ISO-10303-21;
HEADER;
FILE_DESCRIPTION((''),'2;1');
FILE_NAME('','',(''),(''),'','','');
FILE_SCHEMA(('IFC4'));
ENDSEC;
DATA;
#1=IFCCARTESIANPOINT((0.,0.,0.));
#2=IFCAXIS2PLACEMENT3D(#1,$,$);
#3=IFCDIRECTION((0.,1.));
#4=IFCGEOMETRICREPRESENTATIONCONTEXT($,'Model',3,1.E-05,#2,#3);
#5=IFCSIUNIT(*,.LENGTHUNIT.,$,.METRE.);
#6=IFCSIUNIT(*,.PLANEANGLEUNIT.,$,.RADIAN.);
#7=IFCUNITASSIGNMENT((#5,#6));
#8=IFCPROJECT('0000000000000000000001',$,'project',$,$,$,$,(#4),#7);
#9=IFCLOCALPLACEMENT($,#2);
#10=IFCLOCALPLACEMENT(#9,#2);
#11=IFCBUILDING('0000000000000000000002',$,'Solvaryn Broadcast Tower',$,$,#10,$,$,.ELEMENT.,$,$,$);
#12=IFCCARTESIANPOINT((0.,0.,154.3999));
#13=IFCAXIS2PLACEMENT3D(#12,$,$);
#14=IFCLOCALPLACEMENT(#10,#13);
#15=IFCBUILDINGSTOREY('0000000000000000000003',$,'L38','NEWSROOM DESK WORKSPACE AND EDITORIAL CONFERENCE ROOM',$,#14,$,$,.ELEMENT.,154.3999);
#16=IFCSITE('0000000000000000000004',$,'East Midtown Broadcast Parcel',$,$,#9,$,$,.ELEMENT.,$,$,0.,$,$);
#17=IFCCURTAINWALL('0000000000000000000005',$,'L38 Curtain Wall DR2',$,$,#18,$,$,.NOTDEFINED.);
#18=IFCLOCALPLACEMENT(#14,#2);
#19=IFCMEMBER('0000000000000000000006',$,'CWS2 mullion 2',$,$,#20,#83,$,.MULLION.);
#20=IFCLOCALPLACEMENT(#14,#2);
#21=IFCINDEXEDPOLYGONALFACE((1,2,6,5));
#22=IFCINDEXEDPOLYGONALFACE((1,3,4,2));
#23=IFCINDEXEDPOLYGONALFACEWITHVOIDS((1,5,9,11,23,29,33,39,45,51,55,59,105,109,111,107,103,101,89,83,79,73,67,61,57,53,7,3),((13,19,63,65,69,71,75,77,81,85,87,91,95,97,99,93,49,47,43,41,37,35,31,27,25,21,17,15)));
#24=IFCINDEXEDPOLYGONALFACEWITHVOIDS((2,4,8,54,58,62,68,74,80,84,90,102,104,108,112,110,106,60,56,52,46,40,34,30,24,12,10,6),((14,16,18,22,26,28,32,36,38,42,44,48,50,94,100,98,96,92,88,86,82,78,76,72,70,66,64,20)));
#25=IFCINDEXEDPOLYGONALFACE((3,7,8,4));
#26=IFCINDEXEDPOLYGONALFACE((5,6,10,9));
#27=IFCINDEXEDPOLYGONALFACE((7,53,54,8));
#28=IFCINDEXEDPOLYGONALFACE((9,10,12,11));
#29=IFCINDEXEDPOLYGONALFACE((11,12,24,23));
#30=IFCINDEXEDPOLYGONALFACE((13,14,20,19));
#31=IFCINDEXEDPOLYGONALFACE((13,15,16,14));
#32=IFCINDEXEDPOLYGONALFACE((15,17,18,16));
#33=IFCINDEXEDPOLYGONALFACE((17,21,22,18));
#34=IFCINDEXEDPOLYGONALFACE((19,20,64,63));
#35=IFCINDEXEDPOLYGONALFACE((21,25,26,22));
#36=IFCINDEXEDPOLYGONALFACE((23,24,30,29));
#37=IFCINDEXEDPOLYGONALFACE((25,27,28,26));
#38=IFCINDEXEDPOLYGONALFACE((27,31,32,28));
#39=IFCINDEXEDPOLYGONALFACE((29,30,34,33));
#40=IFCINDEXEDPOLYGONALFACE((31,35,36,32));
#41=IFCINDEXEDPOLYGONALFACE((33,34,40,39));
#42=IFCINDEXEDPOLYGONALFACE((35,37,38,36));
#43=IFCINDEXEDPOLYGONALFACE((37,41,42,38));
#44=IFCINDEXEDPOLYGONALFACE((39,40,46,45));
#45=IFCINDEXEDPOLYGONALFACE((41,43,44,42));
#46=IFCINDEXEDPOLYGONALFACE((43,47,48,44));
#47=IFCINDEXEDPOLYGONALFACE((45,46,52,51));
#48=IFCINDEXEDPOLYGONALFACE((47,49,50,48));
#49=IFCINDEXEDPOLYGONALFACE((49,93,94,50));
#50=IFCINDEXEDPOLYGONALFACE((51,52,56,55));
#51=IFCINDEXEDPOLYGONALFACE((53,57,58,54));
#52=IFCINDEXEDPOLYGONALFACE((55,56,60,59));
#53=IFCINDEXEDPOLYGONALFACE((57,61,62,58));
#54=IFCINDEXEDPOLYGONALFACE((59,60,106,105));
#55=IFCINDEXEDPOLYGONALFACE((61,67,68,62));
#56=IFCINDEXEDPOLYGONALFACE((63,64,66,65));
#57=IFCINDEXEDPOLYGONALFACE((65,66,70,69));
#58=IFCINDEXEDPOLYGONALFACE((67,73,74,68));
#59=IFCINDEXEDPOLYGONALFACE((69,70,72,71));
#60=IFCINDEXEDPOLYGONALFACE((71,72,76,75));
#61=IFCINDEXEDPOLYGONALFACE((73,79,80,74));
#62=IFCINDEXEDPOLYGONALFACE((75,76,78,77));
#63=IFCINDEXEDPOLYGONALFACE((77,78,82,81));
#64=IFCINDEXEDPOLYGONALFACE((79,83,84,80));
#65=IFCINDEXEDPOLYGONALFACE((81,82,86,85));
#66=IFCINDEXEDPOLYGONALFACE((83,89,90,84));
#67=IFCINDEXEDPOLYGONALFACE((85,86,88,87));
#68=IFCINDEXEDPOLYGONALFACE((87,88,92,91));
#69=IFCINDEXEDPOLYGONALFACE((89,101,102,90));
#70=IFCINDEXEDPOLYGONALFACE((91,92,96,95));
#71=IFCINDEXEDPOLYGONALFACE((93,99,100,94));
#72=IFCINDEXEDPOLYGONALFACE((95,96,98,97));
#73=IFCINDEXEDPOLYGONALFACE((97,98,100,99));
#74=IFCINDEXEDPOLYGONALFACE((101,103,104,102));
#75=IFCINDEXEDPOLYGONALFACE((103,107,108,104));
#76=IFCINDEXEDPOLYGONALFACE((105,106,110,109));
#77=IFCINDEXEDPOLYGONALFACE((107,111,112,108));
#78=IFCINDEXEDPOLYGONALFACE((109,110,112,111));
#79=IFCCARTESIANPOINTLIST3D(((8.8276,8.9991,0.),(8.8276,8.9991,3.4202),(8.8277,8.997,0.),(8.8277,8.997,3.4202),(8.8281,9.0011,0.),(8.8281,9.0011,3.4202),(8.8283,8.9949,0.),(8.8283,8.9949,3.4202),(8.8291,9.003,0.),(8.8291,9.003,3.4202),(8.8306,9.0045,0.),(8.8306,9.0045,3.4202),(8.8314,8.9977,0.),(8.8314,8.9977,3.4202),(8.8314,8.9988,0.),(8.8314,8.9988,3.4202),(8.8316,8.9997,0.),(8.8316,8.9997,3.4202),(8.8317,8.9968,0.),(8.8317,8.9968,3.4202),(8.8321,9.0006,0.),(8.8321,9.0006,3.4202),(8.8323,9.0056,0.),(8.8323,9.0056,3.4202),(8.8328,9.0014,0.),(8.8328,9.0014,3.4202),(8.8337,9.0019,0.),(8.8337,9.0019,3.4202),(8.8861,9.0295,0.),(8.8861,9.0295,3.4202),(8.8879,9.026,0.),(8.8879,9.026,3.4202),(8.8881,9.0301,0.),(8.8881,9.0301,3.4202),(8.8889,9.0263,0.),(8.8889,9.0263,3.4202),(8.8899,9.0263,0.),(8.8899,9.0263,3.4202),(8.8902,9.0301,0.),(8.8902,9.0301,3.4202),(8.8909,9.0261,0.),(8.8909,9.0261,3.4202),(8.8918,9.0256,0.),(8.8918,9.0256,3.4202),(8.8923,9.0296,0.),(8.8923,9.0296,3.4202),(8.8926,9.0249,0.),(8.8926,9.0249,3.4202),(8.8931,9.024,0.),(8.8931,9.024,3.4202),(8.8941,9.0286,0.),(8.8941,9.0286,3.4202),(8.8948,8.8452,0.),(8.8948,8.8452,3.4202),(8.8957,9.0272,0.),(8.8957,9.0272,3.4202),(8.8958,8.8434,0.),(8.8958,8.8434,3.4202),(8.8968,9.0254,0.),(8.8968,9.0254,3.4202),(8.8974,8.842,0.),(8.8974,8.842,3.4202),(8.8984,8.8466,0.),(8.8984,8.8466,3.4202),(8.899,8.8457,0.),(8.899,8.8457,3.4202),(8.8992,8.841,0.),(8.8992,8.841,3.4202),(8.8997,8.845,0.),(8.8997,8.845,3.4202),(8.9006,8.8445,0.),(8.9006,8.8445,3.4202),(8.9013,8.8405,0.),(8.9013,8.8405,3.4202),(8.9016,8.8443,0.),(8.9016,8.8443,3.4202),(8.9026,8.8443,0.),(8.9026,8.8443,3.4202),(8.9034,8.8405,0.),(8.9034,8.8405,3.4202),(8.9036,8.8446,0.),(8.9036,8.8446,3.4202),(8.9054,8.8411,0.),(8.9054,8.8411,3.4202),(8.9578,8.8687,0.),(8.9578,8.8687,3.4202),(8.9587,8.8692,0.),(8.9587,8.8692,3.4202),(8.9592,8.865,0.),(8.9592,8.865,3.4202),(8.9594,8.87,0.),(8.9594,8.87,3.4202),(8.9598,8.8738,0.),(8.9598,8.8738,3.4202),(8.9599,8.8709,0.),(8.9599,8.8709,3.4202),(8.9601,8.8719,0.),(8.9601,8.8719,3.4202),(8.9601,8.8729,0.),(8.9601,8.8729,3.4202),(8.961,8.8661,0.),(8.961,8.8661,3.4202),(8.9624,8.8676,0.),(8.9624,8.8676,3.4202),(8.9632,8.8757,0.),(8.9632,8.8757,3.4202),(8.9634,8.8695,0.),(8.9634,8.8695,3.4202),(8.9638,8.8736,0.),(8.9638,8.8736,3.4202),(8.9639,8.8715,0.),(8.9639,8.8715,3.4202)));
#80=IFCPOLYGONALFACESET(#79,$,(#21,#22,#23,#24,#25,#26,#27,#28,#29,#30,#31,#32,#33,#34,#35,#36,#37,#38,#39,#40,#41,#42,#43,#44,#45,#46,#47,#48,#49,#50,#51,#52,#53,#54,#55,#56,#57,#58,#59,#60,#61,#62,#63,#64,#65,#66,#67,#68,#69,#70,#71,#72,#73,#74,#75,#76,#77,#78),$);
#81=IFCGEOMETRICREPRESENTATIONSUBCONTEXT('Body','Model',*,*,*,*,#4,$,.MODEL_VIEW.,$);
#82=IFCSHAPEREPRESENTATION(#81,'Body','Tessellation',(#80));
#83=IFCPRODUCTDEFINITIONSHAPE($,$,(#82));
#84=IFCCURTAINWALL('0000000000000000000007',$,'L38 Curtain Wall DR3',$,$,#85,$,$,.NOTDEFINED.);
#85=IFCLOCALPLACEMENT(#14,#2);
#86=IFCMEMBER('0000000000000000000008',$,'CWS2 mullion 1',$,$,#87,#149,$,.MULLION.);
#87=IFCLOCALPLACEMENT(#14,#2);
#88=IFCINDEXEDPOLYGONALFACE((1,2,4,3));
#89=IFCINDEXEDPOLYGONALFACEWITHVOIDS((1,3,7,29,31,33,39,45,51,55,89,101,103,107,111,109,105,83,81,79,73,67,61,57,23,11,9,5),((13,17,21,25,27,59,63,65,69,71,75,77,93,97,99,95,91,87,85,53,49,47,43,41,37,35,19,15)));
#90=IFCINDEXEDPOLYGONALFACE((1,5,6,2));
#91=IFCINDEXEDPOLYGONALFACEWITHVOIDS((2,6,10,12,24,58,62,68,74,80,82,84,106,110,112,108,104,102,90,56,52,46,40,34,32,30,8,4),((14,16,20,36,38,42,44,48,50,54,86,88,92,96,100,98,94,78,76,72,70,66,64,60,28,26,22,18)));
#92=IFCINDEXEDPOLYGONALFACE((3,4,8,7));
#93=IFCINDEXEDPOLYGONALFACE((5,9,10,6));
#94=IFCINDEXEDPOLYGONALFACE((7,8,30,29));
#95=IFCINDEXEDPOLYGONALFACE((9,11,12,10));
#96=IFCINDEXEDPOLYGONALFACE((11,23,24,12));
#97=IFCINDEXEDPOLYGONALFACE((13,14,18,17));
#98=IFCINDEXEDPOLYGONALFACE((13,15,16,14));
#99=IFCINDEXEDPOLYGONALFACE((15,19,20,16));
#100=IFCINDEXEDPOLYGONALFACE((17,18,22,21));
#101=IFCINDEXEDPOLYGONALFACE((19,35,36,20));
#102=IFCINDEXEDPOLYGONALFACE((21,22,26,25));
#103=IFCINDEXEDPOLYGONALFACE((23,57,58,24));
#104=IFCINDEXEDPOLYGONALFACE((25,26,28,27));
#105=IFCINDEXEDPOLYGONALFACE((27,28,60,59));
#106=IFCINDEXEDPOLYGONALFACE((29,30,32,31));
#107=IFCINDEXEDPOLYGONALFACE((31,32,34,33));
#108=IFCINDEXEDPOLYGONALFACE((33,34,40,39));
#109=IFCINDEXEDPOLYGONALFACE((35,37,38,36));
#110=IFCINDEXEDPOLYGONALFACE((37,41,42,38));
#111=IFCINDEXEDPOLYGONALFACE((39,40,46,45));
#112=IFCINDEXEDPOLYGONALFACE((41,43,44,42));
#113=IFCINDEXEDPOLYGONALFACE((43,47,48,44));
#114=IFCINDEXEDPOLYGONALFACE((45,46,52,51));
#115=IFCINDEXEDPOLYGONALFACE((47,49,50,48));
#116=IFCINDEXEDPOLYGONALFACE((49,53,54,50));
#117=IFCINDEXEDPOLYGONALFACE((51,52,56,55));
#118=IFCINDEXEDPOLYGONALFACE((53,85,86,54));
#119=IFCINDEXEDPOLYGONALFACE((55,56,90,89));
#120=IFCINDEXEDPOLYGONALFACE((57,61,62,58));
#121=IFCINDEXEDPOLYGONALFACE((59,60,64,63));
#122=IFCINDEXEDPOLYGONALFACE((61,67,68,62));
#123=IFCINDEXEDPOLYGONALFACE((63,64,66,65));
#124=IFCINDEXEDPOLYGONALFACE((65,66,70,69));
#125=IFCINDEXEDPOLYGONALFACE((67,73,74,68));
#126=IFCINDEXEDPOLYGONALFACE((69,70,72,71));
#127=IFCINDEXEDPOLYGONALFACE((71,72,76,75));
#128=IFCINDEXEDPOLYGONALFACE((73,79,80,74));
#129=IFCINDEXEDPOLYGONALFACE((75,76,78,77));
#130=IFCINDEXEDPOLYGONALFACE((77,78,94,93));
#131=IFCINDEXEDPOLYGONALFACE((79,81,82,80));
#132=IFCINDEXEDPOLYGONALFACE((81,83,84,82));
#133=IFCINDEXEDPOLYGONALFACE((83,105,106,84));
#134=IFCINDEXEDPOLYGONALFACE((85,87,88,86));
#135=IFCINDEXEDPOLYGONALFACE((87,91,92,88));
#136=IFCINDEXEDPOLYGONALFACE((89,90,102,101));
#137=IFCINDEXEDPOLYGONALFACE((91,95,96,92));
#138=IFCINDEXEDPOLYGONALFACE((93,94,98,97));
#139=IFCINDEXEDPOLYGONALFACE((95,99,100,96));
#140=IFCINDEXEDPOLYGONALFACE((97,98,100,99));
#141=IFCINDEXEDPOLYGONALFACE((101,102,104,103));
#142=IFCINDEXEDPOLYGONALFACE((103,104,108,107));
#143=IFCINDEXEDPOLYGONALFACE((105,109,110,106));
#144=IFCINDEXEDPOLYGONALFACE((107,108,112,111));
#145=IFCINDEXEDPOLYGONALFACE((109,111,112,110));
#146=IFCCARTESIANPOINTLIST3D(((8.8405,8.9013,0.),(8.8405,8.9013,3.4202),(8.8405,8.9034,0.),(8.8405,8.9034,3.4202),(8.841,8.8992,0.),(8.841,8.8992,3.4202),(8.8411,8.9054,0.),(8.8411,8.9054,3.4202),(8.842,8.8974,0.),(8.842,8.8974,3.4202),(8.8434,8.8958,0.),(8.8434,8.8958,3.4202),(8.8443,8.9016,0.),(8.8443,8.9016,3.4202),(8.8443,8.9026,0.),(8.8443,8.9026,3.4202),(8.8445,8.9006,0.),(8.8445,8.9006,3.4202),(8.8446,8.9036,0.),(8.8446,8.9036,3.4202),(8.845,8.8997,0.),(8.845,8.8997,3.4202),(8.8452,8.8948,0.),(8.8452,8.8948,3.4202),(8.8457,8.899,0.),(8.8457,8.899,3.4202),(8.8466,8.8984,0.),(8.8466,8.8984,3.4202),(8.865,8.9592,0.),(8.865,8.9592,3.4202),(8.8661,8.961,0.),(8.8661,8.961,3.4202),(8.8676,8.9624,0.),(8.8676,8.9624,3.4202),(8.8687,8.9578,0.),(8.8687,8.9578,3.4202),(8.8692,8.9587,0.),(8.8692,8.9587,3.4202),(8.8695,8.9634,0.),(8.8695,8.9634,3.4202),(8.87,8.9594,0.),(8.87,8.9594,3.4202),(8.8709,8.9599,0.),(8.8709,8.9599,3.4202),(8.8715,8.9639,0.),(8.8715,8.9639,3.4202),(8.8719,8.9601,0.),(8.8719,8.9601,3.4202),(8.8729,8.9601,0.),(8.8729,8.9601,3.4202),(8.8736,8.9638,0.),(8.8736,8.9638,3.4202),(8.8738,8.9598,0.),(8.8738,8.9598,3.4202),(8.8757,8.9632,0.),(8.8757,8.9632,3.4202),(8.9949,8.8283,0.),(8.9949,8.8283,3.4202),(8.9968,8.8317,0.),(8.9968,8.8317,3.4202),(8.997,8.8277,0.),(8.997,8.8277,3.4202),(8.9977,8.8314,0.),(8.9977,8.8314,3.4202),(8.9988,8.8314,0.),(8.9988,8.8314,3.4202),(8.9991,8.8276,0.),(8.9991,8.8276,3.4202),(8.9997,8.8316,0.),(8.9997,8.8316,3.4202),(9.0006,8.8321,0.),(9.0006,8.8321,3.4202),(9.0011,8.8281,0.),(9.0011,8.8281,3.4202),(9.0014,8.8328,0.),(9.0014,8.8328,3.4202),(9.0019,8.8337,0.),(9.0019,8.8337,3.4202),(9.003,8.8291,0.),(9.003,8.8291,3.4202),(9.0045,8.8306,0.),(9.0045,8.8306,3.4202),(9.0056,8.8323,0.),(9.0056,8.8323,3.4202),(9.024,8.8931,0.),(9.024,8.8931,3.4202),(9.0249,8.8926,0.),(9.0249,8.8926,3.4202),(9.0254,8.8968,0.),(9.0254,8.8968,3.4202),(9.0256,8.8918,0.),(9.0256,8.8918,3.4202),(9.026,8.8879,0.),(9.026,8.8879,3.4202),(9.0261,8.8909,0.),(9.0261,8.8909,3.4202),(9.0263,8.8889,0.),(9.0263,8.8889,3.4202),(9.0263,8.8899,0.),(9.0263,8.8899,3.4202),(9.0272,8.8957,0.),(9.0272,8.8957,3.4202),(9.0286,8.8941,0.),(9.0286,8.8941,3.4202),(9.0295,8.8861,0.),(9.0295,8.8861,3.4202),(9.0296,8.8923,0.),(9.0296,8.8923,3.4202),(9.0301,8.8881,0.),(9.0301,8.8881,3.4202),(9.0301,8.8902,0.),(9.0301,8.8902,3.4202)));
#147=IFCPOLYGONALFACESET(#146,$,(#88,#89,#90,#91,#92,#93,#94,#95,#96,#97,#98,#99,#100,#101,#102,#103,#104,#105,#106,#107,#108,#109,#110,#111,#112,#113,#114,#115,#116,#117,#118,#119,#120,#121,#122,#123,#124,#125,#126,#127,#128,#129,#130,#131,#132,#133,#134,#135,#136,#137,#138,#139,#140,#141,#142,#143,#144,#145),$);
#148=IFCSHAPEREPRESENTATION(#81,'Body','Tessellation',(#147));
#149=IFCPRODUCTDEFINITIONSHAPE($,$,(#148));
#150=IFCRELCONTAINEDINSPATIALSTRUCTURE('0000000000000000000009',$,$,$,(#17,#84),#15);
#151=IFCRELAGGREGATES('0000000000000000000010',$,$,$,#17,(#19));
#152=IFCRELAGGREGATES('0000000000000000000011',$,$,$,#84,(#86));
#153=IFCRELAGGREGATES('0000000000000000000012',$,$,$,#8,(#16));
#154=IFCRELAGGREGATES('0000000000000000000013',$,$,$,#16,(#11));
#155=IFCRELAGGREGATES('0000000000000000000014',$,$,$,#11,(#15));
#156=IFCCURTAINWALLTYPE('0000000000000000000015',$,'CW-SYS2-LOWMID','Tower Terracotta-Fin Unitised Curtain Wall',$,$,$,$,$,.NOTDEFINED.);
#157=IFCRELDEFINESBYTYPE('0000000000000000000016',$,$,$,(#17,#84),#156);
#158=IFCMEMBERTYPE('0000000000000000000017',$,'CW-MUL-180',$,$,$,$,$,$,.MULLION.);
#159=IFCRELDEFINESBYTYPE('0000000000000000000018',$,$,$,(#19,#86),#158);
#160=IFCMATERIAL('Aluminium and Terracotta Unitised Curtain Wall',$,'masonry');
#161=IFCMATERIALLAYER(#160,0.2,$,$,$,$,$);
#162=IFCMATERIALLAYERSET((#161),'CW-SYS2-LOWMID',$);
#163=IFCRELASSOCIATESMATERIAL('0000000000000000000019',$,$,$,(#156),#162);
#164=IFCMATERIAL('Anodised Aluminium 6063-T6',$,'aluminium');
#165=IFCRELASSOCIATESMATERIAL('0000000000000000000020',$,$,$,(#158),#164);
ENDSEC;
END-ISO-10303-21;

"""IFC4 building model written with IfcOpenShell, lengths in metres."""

from ifc_helpers import new_model, si_unit, direction, frame, origin, origin_2d, place, context, subcontext, project, spatial, hollow_rectangle, extrude, material, layer, layer_set, material_profile, profile_set, type_object, element, aggregate, save


model = new_model("IFC4")

# Units and contexts
model_context = context("Model", 3, precision=1e-05, world=origin(), true_north=direction((0.0, 1.0)))
body_context = subcontext(model_context, "Body", "Model", "MODEL_VIEW")
ifc_project = project(units=[si_unit("LENGTHUNIT", "METRE"), si_unit("PLANEANGLEUNIT", "RADIAN")], contexts=[model_context])

# Site, building, storey
site_placement = place(None, origin())
site = spatial("IfcSite", under=ifc_project, at=site_placement, Name="East Midtown Broadcast Parcel", CompositionType="ELEMENT", RefElevation=0.0)
building_placement = place(site_placement, origin())
building = spatial("IfcBuilding", under=site, at=building_placement, Name="Solvaryn Broadcast Tower", CompositionType="ELEMENT")
storey_placement = place(building_placement, frame((0.0, 0.0, 154.3999)))
storey = spatial("IfcBuildingStorey", under=building, at=storey_placement, Name="L38", Description="NEWSROOM DESK WORKSPACE AND EDITORIAL CONFERENCE ROOM", CompositionType="ELEMENT", Elevation=154.3999)

# Curtain wall, member
ifc_material_1 = material(Name="Aluminium and Terracotta Unitised Curtain Wall", Category="masonry")
ifc_layer_1 = layer(ifc_material_1, 0.2)
ifc_layer_set_1 = layer_set([ifc_layer_1], Name="CW-SYS2-LOWMID")
curtain_wall_type = type_object("IfcCurtainWallType", Name="CW-SYS2-LOWMID", Description="Tower Terracotta-Fin Unitised Curtain Wall", PredefinedType="NOTDEFINED", material=ifc_layer_set_1)
curtain_wall_1_placement = place(storey_placement, origin())
curtain_wall_1 = element("IfcCurtainWall", 1, at=curtain_wall_1_placement, inside=storey, type_object=curtain_wall_type, Name="L38 Curtain Wall DR2", PredefinedType="NOTDEFINED")
ifc_material_2 = material(Name="Anodised Aluminium 6063-T6", Category="aluminium")
ifc_material_profile_1 = material_profile(ifc_material_2, hollow_rectangle(XDim=0.075, YDim=0.1799, WallThickness=0.0039, InnerFilletRadius=0.0039, OuterFilletRadius=0.0081, at=origin_2d()))
ifc_profile_set_1 = profile_set([ifc_material_profile_1], Name="Anodised Aluminium 6063-T6")
member_type_1 = type_object("IfcMemberType", Name="CW-MUL-180", PredefinedType="MULLION", material=ifc_profile_set_1)
member_1_placement = place(storey_placement, frame((8.8958, 8.9353, 0.0), z_axis=(0.0, 0.0, 1.0), x_axis=(0.913909, 0.405918, 0.0)))
member_1 = element("IfcMember", 2, at=member_1_placement, type_object=member_type_1, Name="CWS2 mullion 2", PredefinedType="MULLION", context=body_context, shape_type="SweptSolid", body=[
    extrude(hollow_rectangle(XDim=0.075, YDim=0.1799, WallThickness=0.0039, InnerFilletRadius=0.0039, OuterFilletRadius=0.0081, at=origin_2d()), origin(), (0.0, 0.0, 1.0), 3.4202),
])
aggregate(curtain_wall_1, [member_1])

# Curtain wall, member
curtain_wall_2_placement = place(storey_placement, origin())
curtain_wall_2 = element("IfcCurtainWall", 3, at=curtain_wall_2_placement, inside=storey, type_object=curtain_wall_type, Name="L38 Curtain Wall DR3", PredefinedType="NOTDEFINED")
member_2_placement = place(storey_placement, frame((8.9353, 8.8958, 0.0), z_axis=(0.0, 0.0, 1.0), x_axis=(0.405918, 0.913909, 0.0)))
member_2 = element("IfcMember", 4, at=member_2_placement, type_object=member_type_1, Name="CWS2 mullion 1", PredefinedType="MULLION", context=body_context, shape_type="SweptSolid", body=[
    extrude(hollow_rectangle(XDim=0.075, YDim=0.1799, WallThickness=0.0039, InnerFilletRadius=0.0039, OuterFilletRadius=0.0081, at=origin_2d()), origin(), (0.0, 0.0, 1.0), 3.4202),
])
aggregate(curtain_wall_2, [member_2])

save(model, "model.ifc")
